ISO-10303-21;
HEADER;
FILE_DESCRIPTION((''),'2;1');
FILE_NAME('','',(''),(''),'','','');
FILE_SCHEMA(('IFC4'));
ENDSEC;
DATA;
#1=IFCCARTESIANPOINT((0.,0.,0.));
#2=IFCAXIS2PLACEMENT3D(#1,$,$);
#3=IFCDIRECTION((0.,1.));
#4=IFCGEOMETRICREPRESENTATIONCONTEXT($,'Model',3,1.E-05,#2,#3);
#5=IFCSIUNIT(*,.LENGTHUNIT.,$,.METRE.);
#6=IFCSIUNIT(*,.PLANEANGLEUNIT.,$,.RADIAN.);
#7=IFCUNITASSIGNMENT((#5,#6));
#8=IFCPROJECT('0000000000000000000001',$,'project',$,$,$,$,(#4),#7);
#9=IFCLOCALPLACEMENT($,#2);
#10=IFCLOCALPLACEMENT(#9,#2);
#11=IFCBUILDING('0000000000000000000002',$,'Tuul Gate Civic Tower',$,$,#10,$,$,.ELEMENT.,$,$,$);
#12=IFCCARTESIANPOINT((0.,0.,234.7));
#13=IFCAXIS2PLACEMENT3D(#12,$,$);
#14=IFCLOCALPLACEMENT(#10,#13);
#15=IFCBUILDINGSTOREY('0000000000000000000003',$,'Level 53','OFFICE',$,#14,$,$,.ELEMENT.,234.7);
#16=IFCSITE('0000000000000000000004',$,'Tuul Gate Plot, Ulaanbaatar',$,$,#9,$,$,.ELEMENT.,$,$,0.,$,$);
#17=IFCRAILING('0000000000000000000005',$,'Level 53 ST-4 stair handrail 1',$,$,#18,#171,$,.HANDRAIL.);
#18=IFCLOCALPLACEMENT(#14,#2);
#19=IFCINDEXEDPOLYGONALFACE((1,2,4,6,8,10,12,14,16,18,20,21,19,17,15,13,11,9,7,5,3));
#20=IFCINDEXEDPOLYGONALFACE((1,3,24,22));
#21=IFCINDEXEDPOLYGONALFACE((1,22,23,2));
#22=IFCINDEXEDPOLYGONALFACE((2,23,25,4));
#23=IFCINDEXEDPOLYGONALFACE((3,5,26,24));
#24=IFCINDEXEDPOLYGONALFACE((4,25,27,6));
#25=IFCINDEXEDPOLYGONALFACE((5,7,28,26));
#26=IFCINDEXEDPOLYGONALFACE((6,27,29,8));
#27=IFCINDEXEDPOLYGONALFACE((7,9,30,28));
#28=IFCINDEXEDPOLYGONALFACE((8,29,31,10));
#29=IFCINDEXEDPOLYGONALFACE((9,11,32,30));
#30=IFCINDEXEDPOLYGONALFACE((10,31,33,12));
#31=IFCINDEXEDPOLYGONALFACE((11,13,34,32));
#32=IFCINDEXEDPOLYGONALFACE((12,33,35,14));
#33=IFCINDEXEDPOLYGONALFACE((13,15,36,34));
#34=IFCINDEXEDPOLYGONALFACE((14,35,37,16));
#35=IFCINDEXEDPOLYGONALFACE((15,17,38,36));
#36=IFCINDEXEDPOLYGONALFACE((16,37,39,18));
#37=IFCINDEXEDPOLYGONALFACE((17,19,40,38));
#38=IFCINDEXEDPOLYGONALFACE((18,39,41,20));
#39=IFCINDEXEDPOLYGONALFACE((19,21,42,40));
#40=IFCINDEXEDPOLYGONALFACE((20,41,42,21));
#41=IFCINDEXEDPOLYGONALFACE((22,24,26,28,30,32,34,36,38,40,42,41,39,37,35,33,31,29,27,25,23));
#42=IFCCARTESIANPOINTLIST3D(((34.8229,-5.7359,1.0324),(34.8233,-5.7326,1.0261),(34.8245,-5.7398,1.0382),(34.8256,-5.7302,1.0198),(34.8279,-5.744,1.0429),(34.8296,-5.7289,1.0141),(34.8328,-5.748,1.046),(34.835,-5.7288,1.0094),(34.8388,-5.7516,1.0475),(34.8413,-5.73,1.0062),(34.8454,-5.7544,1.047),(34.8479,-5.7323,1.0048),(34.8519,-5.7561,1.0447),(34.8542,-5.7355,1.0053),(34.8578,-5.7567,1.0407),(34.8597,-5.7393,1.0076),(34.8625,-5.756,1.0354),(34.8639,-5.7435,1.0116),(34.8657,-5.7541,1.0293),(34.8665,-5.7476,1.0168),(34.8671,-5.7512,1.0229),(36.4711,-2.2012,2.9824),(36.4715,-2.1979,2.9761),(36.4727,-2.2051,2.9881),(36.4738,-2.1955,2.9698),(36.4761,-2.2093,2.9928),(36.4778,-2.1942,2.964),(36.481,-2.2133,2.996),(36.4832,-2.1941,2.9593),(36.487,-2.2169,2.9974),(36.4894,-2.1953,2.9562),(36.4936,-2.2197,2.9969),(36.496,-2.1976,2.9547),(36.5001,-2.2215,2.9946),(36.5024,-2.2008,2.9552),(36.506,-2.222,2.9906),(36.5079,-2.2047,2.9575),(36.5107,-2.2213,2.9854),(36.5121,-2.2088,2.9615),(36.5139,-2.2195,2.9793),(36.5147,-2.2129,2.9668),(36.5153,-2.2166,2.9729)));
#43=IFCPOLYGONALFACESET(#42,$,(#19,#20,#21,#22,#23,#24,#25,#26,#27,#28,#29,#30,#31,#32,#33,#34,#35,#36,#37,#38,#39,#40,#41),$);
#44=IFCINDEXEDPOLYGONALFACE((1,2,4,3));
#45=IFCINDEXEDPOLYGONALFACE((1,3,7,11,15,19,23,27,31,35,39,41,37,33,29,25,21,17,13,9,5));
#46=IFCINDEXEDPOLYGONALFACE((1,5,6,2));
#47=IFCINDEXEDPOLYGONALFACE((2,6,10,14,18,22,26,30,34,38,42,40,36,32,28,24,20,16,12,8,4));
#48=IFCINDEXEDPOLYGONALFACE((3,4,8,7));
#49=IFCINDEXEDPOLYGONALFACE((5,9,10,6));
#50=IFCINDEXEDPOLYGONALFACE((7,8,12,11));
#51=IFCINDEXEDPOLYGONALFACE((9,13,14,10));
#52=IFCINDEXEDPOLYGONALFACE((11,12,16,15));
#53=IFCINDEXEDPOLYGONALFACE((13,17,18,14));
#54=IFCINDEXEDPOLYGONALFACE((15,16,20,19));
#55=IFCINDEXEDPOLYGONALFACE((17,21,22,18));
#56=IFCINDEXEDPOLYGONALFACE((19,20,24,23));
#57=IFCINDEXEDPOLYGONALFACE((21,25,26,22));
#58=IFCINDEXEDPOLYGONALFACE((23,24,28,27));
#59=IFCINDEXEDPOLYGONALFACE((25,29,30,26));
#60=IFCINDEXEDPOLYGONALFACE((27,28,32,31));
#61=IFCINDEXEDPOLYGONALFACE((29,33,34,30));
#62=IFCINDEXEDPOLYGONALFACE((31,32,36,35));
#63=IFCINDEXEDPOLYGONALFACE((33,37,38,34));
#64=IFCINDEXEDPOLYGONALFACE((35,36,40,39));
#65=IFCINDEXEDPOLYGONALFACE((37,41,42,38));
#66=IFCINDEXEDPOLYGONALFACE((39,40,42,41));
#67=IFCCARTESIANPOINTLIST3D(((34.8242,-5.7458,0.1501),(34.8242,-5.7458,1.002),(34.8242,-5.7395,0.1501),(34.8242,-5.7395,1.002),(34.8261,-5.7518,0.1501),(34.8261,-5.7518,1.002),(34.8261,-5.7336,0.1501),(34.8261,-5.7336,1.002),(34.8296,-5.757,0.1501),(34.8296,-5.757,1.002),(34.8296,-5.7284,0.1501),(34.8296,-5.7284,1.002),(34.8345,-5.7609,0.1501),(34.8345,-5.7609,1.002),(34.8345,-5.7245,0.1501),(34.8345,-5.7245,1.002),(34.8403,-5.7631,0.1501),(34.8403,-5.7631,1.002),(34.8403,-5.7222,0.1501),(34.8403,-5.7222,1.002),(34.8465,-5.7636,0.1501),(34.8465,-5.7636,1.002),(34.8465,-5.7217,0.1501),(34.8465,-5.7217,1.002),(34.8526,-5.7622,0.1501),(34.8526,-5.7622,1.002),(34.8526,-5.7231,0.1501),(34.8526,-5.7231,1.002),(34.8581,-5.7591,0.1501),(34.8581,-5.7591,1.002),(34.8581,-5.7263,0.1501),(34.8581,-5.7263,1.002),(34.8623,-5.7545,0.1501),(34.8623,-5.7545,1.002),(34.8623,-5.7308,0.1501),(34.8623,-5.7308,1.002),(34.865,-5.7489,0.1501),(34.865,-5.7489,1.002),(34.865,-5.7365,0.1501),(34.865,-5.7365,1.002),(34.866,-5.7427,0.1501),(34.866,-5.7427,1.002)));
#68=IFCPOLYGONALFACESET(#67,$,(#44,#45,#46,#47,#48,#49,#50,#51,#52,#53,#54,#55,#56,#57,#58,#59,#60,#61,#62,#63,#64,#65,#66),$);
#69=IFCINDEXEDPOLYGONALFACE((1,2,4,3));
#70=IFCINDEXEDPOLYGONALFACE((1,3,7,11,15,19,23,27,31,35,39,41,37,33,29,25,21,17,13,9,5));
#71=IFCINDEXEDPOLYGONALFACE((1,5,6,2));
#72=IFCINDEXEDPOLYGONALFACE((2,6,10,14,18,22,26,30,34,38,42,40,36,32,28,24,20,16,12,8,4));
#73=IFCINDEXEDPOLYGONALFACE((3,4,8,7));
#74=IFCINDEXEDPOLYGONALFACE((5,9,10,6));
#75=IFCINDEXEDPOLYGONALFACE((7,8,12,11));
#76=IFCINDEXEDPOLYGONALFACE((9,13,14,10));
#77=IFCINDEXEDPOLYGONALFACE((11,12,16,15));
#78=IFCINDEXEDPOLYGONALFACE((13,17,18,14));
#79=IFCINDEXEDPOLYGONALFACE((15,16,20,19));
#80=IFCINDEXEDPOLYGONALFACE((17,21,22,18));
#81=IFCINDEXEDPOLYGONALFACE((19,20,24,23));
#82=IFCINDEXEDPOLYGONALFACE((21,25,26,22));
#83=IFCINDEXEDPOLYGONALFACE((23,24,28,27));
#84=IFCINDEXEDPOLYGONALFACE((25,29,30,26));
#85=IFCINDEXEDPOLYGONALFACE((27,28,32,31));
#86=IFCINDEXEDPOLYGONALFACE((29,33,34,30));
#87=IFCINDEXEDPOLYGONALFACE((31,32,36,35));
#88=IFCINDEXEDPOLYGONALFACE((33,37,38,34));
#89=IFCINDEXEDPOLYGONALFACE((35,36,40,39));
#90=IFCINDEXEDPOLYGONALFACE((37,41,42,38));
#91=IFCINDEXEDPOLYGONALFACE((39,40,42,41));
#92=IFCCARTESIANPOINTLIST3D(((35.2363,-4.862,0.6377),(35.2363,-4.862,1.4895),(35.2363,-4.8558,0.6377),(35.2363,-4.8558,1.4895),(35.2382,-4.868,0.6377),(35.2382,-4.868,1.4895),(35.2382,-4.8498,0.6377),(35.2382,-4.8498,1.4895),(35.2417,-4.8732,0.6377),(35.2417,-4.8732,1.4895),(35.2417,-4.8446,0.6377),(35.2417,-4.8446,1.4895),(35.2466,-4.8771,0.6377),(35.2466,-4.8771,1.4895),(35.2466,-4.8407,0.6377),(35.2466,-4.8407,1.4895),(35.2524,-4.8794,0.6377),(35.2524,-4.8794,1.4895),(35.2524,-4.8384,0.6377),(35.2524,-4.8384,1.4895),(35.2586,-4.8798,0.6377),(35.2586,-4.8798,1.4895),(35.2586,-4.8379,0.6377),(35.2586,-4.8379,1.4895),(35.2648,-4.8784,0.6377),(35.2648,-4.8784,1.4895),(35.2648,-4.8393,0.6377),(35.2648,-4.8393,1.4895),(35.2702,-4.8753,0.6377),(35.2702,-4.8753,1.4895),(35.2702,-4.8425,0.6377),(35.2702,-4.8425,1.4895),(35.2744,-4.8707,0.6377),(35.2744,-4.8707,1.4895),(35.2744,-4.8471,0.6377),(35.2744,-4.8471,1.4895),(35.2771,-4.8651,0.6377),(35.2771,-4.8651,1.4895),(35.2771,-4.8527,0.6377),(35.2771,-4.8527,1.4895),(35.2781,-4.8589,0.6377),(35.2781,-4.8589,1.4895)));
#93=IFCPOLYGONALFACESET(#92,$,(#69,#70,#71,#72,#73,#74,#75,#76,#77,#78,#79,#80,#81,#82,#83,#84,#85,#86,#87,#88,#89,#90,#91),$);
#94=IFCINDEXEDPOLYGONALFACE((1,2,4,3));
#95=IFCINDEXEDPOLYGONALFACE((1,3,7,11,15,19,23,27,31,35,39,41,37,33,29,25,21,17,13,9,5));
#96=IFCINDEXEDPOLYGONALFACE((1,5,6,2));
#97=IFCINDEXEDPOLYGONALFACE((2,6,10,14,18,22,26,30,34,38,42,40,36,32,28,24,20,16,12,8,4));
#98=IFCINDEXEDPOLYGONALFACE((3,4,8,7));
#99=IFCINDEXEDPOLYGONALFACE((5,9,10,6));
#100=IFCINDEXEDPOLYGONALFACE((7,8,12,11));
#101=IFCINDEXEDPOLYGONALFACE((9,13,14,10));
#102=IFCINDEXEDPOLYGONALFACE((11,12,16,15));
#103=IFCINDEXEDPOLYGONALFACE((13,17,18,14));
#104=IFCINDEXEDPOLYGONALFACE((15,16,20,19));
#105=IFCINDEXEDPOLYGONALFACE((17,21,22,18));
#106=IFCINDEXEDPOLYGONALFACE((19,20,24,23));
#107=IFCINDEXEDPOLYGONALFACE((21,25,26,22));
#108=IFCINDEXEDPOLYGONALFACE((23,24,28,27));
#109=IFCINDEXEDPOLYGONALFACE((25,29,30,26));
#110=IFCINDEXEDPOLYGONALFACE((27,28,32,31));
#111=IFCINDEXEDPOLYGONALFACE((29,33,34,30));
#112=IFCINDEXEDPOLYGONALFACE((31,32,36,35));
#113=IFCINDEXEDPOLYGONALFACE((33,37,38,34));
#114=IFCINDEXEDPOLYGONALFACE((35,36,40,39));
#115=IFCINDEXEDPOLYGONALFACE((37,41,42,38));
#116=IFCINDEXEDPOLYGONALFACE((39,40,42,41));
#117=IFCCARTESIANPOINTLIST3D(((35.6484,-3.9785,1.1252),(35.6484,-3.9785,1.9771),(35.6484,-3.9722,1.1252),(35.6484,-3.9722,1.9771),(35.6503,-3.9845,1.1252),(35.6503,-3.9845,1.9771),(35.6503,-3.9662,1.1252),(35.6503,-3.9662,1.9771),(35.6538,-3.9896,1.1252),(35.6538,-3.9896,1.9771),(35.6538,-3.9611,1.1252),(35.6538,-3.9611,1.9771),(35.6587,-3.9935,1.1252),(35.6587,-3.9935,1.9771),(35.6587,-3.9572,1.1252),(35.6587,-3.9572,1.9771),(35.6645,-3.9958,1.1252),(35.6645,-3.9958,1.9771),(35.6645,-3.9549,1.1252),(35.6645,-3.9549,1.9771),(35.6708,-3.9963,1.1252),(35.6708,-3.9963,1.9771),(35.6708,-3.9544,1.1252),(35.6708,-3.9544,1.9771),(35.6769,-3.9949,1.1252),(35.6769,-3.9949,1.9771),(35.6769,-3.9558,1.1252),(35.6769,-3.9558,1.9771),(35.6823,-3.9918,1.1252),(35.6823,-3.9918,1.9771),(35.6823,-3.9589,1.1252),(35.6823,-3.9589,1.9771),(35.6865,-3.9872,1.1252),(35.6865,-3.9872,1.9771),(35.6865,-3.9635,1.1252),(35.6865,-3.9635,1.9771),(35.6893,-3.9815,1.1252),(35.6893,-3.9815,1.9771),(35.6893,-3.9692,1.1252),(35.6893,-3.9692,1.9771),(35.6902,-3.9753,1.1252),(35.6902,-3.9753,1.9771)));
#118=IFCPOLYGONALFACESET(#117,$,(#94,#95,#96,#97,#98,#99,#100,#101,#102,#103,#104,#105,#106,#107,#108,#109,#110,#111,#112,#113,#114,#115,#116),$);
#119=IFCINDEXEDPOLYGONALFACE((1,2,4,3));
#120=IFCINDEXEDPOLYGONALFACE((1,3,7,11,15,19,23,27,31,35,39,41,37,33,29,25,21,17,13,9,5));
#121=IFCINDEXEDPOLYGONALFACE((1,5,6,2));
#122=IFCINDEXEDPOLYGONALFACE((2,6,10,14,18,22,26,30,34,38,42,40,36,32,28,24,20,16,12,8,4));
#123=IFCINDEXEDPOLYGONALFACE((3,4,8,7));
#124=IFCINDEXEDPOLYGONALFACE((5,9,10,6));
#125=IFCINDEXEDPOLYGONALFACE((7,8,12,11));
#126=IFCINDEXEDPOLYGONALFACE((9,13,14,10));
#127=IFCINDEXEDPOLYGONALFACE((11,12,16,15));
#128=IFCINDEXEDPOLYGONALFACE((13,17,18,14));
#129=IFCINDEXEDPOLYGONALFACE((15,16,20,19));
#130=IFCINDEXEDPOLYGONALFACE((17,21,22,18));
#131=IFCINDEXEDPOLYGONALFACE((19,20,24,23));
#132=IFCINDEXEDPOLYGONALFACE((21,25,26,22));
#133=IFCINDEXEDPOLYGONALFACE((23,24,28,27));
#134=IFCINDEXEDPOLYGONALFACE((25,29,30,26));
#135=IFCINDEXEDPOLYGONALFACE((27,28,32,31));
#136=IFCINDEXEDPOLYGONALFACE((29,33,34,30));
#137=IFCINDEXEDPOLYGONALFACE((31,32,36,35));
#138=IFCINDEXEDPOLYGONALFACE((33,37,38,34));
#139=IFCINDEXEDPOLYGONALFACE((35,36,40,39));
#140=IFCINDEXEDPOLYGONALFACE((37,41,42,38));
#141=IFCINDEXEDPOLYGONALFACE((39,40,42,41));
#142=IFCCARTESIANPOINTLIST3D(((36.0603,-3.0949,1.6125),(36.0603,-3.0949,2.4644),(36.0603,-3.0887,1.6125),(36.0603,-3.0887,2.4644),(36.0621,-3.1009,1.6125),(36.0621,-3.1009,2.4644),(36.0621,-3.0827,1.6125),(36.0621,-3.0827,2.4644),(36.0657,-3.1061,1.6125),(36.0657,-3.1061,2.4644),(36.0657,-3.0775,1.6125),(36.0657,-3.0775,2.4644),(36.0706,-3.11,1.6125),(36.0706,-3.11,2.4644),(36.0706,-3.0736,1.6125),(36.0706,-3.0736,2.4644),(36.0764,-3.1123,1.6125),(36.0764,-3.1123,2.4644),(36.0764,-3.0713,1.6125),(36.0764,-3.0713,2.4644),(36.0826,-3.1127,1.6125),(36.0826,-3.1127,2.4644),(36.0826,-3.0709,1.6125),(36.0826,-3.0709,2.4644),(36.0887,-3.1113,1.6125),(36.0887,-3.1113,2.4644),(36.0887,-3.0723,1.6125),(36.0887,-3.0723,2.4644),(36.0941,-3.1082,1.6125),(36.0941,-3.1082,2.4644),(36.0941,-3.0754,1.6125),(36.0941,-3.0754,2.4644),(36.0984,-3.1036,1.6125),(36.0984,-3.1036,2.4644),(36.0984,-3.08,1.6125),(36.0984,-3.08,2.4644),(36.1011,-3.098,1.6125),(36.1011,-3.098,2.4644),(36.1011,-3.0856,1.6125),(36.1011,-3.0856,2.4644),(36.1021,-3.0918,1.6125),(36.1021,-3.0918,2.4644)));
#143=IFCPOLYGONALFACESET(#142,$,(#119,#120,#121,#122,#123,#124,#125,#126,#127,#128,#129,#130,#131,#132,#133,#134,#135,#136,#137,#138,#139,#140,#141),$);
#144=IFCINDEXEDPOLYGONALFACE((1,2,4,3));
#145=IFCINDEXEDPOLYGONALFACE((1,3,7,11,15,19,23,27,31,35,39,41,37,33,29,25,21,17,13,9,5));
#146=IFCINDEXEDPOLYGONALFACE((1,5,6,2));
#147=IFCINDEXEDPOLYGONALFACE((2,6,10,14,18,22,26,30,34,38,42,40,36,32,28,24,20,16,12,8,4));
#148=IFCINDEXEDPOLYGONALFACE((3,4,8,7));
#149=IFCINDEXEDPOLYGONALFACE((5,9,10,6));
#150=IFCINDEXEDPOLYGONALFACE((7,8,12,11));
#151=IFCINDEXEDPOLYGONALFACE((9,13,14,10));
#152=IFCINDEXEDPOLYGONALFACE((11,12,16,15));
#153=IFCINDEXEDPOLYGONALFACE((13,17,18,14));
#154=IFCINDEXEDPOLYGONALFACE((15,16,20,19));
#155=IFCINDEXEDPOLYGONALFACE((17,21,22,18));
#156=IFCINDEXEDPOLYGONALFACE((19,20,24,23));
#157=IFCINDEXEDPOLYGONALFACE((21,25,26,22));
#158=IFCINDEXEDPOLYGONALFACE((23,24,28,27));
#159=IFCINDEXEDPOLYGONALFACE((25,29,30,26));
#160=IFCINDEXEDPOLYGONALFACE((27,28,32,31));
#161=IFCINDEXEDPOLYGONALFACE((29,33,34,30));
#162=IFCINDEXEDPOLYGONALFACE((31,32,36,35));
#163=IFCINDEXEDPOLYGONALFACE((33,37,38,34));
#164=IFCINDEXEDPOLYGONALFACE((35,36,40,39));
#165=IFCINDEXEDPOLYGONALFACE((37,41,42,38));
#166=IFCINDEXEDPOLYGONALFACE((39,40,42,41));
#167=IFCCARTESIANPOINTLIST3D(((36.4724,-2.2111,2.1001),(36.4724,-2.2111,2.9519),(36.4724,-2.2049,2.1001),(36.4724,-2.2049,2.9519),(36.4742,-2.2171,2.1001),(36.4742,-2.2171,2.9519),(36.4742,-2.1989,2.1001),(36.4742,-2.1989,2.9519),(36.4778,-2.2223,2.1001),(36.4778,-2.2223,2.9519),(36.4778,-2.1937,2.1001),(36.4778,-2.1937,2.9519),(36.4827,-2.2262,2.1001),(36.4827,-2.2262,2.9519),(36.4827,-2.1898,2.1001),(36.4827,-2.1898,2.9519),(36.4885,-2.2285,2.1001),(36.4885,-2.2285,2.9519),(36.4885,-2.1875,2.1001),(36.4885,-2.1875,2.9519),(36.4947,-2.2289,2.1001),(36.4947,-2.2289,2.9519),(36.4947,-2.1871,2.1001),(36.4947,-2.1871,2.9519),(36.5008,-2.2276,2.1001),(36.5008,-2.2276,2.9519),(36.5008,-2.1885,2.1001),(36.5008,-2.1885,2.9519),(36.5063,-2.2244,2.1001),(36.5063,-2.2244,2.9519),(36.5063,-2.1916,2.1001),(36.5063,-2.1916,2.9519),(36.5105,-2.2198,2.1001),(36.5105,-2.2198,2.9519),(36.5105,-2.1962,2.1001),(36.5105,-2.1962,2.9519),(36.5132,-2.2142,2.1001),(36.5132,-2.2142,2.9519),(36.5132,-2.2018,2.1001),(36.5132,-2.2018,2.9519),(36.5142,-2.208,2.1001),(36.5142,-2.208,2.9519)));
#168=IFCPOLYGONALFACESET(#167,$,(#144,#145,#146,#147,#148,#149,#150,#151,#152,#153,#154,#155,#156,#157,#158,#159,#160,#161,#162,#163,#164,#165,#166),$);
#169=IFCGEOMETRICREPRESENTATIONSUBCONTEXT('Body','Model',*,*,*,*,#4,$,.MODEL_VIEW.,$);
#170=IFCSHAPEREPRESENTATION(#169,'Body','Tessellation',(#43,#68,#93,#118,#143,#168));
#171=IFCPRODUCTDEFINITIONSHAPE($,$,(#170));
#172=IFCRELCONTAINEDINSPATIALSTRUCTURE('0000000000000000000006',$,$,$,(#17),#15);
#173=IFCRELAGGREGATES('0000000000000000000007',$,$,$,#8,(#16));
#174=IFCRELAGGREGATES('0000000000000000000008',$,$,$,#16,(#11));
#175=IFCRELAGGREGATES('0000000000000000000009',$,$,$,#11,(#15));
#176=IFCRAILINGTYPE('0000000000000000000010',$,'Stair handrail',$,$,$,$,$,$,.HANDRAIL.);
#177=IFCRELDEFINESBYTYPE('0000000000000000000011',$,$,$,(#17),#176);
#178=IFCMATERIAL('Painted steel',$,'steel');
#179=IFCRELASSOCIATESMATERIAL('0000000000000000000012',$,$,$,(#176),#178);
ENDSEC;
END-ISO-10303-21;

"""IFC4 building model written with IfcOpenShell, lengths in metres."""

from ifc_helpers import new_model, si_unit, direction, frame, origin, origin_2d, place, context, subcontext, project, spatial, circle, extrude, material, type_object, element, save


model = new_model("IFC4")

# Units and contexts
model_context = context("Model", 3, precision=1e-05, world=origin(), true_north=direction((0.0, 1.0)))
body_context = subcontext(model_context, "Body", "Model", "MODEL_VIEW")
ifc_project = project(units=[si_unit("LENGTHUNIT", "METRE"), si_unit("PLANEANGLEUNIT", "RADIAN")], contexts=[model_context])

# Site, building, storey
site_placement = place(None, origin())
site = spatial("IfcSite", under=ifc_project, at=site_placement, Name="Tuul Gate Plot, Ulaanbaatar", CompositionType="ELEMENT", RefElevation=0.0)
building_placement = place(site_placement, origin())
building = spatial("IfcBuilding", under=site, at=building_placement, Name="Tuul Gate Civic Tower", CompositionType="ELEMENT")
storey_placement = place(building_placement, frame((0.0, 0.0, 234.7)))
storey = spatial("IfcBuildingStorey", under=building, at=storey_placement, Name="Level 53", Description="OFFICE", CompositionType="ELEMENT", Elevation=234.7)

# Railing
ifc_material_1 = material(Name="Painted steel", Category="steel")
railing_type_1 = type_object("IfcRailingType", Name="Stair handrail", PredefinedType="HANDRAIL", material=ifc_material_1)
railing_1_placement = place(storey_placement, frame((34.845, -5.7427, 0.1501)))
element("IfcRailing", 1, at=railing_1_placement, inside=storey, type_object=railing_type_1, Name="Level 53 ST-4 stair handrail 1", PredefinedType="HANDRAIL", context=body_context, shape_type="SweptSolid", body=[
    extrude(circle(Radius=0.0239, at=origin_2d()), frame((0.0, 0.0, 0.876), z_axis=(0.377995, 0.810637, 0.4472), x_axis=(-0.906313, 0.422608, 0.0)), (0.0, 0.0, 1.0), 4.3604),
    extrude(circle(Radius=0.021, at=origin_2d()), origin(), (0.0, 0.0, 1.0), 0.8518),
    extrude(circle(Radius=0.021, at=origin_2d()), frame((0.4121, 0.8838, 0.4875)), (0.0, 0.0, 1.0), 0.8518),
    extrude(circle(Radius=0.021, at=origin_2d()), frame((0.8242, 1.7673, 0.9751)), (0.0, 0.0, 1.0), 0.8518),
    extrude(circle(Radius=0.021, at=origin_2d()), frame((1.2361, 2.6509, 1.4624)), (0.0, 0.0, 1.0), 0.8518),
    extrude(circle(Radius=0.021, at=origin_2d()), frame((1.6482, 3.5347, 1.95)), (0.0, 0.0, 1.0), 0.8518),
])

save(model, "model.ifc")
